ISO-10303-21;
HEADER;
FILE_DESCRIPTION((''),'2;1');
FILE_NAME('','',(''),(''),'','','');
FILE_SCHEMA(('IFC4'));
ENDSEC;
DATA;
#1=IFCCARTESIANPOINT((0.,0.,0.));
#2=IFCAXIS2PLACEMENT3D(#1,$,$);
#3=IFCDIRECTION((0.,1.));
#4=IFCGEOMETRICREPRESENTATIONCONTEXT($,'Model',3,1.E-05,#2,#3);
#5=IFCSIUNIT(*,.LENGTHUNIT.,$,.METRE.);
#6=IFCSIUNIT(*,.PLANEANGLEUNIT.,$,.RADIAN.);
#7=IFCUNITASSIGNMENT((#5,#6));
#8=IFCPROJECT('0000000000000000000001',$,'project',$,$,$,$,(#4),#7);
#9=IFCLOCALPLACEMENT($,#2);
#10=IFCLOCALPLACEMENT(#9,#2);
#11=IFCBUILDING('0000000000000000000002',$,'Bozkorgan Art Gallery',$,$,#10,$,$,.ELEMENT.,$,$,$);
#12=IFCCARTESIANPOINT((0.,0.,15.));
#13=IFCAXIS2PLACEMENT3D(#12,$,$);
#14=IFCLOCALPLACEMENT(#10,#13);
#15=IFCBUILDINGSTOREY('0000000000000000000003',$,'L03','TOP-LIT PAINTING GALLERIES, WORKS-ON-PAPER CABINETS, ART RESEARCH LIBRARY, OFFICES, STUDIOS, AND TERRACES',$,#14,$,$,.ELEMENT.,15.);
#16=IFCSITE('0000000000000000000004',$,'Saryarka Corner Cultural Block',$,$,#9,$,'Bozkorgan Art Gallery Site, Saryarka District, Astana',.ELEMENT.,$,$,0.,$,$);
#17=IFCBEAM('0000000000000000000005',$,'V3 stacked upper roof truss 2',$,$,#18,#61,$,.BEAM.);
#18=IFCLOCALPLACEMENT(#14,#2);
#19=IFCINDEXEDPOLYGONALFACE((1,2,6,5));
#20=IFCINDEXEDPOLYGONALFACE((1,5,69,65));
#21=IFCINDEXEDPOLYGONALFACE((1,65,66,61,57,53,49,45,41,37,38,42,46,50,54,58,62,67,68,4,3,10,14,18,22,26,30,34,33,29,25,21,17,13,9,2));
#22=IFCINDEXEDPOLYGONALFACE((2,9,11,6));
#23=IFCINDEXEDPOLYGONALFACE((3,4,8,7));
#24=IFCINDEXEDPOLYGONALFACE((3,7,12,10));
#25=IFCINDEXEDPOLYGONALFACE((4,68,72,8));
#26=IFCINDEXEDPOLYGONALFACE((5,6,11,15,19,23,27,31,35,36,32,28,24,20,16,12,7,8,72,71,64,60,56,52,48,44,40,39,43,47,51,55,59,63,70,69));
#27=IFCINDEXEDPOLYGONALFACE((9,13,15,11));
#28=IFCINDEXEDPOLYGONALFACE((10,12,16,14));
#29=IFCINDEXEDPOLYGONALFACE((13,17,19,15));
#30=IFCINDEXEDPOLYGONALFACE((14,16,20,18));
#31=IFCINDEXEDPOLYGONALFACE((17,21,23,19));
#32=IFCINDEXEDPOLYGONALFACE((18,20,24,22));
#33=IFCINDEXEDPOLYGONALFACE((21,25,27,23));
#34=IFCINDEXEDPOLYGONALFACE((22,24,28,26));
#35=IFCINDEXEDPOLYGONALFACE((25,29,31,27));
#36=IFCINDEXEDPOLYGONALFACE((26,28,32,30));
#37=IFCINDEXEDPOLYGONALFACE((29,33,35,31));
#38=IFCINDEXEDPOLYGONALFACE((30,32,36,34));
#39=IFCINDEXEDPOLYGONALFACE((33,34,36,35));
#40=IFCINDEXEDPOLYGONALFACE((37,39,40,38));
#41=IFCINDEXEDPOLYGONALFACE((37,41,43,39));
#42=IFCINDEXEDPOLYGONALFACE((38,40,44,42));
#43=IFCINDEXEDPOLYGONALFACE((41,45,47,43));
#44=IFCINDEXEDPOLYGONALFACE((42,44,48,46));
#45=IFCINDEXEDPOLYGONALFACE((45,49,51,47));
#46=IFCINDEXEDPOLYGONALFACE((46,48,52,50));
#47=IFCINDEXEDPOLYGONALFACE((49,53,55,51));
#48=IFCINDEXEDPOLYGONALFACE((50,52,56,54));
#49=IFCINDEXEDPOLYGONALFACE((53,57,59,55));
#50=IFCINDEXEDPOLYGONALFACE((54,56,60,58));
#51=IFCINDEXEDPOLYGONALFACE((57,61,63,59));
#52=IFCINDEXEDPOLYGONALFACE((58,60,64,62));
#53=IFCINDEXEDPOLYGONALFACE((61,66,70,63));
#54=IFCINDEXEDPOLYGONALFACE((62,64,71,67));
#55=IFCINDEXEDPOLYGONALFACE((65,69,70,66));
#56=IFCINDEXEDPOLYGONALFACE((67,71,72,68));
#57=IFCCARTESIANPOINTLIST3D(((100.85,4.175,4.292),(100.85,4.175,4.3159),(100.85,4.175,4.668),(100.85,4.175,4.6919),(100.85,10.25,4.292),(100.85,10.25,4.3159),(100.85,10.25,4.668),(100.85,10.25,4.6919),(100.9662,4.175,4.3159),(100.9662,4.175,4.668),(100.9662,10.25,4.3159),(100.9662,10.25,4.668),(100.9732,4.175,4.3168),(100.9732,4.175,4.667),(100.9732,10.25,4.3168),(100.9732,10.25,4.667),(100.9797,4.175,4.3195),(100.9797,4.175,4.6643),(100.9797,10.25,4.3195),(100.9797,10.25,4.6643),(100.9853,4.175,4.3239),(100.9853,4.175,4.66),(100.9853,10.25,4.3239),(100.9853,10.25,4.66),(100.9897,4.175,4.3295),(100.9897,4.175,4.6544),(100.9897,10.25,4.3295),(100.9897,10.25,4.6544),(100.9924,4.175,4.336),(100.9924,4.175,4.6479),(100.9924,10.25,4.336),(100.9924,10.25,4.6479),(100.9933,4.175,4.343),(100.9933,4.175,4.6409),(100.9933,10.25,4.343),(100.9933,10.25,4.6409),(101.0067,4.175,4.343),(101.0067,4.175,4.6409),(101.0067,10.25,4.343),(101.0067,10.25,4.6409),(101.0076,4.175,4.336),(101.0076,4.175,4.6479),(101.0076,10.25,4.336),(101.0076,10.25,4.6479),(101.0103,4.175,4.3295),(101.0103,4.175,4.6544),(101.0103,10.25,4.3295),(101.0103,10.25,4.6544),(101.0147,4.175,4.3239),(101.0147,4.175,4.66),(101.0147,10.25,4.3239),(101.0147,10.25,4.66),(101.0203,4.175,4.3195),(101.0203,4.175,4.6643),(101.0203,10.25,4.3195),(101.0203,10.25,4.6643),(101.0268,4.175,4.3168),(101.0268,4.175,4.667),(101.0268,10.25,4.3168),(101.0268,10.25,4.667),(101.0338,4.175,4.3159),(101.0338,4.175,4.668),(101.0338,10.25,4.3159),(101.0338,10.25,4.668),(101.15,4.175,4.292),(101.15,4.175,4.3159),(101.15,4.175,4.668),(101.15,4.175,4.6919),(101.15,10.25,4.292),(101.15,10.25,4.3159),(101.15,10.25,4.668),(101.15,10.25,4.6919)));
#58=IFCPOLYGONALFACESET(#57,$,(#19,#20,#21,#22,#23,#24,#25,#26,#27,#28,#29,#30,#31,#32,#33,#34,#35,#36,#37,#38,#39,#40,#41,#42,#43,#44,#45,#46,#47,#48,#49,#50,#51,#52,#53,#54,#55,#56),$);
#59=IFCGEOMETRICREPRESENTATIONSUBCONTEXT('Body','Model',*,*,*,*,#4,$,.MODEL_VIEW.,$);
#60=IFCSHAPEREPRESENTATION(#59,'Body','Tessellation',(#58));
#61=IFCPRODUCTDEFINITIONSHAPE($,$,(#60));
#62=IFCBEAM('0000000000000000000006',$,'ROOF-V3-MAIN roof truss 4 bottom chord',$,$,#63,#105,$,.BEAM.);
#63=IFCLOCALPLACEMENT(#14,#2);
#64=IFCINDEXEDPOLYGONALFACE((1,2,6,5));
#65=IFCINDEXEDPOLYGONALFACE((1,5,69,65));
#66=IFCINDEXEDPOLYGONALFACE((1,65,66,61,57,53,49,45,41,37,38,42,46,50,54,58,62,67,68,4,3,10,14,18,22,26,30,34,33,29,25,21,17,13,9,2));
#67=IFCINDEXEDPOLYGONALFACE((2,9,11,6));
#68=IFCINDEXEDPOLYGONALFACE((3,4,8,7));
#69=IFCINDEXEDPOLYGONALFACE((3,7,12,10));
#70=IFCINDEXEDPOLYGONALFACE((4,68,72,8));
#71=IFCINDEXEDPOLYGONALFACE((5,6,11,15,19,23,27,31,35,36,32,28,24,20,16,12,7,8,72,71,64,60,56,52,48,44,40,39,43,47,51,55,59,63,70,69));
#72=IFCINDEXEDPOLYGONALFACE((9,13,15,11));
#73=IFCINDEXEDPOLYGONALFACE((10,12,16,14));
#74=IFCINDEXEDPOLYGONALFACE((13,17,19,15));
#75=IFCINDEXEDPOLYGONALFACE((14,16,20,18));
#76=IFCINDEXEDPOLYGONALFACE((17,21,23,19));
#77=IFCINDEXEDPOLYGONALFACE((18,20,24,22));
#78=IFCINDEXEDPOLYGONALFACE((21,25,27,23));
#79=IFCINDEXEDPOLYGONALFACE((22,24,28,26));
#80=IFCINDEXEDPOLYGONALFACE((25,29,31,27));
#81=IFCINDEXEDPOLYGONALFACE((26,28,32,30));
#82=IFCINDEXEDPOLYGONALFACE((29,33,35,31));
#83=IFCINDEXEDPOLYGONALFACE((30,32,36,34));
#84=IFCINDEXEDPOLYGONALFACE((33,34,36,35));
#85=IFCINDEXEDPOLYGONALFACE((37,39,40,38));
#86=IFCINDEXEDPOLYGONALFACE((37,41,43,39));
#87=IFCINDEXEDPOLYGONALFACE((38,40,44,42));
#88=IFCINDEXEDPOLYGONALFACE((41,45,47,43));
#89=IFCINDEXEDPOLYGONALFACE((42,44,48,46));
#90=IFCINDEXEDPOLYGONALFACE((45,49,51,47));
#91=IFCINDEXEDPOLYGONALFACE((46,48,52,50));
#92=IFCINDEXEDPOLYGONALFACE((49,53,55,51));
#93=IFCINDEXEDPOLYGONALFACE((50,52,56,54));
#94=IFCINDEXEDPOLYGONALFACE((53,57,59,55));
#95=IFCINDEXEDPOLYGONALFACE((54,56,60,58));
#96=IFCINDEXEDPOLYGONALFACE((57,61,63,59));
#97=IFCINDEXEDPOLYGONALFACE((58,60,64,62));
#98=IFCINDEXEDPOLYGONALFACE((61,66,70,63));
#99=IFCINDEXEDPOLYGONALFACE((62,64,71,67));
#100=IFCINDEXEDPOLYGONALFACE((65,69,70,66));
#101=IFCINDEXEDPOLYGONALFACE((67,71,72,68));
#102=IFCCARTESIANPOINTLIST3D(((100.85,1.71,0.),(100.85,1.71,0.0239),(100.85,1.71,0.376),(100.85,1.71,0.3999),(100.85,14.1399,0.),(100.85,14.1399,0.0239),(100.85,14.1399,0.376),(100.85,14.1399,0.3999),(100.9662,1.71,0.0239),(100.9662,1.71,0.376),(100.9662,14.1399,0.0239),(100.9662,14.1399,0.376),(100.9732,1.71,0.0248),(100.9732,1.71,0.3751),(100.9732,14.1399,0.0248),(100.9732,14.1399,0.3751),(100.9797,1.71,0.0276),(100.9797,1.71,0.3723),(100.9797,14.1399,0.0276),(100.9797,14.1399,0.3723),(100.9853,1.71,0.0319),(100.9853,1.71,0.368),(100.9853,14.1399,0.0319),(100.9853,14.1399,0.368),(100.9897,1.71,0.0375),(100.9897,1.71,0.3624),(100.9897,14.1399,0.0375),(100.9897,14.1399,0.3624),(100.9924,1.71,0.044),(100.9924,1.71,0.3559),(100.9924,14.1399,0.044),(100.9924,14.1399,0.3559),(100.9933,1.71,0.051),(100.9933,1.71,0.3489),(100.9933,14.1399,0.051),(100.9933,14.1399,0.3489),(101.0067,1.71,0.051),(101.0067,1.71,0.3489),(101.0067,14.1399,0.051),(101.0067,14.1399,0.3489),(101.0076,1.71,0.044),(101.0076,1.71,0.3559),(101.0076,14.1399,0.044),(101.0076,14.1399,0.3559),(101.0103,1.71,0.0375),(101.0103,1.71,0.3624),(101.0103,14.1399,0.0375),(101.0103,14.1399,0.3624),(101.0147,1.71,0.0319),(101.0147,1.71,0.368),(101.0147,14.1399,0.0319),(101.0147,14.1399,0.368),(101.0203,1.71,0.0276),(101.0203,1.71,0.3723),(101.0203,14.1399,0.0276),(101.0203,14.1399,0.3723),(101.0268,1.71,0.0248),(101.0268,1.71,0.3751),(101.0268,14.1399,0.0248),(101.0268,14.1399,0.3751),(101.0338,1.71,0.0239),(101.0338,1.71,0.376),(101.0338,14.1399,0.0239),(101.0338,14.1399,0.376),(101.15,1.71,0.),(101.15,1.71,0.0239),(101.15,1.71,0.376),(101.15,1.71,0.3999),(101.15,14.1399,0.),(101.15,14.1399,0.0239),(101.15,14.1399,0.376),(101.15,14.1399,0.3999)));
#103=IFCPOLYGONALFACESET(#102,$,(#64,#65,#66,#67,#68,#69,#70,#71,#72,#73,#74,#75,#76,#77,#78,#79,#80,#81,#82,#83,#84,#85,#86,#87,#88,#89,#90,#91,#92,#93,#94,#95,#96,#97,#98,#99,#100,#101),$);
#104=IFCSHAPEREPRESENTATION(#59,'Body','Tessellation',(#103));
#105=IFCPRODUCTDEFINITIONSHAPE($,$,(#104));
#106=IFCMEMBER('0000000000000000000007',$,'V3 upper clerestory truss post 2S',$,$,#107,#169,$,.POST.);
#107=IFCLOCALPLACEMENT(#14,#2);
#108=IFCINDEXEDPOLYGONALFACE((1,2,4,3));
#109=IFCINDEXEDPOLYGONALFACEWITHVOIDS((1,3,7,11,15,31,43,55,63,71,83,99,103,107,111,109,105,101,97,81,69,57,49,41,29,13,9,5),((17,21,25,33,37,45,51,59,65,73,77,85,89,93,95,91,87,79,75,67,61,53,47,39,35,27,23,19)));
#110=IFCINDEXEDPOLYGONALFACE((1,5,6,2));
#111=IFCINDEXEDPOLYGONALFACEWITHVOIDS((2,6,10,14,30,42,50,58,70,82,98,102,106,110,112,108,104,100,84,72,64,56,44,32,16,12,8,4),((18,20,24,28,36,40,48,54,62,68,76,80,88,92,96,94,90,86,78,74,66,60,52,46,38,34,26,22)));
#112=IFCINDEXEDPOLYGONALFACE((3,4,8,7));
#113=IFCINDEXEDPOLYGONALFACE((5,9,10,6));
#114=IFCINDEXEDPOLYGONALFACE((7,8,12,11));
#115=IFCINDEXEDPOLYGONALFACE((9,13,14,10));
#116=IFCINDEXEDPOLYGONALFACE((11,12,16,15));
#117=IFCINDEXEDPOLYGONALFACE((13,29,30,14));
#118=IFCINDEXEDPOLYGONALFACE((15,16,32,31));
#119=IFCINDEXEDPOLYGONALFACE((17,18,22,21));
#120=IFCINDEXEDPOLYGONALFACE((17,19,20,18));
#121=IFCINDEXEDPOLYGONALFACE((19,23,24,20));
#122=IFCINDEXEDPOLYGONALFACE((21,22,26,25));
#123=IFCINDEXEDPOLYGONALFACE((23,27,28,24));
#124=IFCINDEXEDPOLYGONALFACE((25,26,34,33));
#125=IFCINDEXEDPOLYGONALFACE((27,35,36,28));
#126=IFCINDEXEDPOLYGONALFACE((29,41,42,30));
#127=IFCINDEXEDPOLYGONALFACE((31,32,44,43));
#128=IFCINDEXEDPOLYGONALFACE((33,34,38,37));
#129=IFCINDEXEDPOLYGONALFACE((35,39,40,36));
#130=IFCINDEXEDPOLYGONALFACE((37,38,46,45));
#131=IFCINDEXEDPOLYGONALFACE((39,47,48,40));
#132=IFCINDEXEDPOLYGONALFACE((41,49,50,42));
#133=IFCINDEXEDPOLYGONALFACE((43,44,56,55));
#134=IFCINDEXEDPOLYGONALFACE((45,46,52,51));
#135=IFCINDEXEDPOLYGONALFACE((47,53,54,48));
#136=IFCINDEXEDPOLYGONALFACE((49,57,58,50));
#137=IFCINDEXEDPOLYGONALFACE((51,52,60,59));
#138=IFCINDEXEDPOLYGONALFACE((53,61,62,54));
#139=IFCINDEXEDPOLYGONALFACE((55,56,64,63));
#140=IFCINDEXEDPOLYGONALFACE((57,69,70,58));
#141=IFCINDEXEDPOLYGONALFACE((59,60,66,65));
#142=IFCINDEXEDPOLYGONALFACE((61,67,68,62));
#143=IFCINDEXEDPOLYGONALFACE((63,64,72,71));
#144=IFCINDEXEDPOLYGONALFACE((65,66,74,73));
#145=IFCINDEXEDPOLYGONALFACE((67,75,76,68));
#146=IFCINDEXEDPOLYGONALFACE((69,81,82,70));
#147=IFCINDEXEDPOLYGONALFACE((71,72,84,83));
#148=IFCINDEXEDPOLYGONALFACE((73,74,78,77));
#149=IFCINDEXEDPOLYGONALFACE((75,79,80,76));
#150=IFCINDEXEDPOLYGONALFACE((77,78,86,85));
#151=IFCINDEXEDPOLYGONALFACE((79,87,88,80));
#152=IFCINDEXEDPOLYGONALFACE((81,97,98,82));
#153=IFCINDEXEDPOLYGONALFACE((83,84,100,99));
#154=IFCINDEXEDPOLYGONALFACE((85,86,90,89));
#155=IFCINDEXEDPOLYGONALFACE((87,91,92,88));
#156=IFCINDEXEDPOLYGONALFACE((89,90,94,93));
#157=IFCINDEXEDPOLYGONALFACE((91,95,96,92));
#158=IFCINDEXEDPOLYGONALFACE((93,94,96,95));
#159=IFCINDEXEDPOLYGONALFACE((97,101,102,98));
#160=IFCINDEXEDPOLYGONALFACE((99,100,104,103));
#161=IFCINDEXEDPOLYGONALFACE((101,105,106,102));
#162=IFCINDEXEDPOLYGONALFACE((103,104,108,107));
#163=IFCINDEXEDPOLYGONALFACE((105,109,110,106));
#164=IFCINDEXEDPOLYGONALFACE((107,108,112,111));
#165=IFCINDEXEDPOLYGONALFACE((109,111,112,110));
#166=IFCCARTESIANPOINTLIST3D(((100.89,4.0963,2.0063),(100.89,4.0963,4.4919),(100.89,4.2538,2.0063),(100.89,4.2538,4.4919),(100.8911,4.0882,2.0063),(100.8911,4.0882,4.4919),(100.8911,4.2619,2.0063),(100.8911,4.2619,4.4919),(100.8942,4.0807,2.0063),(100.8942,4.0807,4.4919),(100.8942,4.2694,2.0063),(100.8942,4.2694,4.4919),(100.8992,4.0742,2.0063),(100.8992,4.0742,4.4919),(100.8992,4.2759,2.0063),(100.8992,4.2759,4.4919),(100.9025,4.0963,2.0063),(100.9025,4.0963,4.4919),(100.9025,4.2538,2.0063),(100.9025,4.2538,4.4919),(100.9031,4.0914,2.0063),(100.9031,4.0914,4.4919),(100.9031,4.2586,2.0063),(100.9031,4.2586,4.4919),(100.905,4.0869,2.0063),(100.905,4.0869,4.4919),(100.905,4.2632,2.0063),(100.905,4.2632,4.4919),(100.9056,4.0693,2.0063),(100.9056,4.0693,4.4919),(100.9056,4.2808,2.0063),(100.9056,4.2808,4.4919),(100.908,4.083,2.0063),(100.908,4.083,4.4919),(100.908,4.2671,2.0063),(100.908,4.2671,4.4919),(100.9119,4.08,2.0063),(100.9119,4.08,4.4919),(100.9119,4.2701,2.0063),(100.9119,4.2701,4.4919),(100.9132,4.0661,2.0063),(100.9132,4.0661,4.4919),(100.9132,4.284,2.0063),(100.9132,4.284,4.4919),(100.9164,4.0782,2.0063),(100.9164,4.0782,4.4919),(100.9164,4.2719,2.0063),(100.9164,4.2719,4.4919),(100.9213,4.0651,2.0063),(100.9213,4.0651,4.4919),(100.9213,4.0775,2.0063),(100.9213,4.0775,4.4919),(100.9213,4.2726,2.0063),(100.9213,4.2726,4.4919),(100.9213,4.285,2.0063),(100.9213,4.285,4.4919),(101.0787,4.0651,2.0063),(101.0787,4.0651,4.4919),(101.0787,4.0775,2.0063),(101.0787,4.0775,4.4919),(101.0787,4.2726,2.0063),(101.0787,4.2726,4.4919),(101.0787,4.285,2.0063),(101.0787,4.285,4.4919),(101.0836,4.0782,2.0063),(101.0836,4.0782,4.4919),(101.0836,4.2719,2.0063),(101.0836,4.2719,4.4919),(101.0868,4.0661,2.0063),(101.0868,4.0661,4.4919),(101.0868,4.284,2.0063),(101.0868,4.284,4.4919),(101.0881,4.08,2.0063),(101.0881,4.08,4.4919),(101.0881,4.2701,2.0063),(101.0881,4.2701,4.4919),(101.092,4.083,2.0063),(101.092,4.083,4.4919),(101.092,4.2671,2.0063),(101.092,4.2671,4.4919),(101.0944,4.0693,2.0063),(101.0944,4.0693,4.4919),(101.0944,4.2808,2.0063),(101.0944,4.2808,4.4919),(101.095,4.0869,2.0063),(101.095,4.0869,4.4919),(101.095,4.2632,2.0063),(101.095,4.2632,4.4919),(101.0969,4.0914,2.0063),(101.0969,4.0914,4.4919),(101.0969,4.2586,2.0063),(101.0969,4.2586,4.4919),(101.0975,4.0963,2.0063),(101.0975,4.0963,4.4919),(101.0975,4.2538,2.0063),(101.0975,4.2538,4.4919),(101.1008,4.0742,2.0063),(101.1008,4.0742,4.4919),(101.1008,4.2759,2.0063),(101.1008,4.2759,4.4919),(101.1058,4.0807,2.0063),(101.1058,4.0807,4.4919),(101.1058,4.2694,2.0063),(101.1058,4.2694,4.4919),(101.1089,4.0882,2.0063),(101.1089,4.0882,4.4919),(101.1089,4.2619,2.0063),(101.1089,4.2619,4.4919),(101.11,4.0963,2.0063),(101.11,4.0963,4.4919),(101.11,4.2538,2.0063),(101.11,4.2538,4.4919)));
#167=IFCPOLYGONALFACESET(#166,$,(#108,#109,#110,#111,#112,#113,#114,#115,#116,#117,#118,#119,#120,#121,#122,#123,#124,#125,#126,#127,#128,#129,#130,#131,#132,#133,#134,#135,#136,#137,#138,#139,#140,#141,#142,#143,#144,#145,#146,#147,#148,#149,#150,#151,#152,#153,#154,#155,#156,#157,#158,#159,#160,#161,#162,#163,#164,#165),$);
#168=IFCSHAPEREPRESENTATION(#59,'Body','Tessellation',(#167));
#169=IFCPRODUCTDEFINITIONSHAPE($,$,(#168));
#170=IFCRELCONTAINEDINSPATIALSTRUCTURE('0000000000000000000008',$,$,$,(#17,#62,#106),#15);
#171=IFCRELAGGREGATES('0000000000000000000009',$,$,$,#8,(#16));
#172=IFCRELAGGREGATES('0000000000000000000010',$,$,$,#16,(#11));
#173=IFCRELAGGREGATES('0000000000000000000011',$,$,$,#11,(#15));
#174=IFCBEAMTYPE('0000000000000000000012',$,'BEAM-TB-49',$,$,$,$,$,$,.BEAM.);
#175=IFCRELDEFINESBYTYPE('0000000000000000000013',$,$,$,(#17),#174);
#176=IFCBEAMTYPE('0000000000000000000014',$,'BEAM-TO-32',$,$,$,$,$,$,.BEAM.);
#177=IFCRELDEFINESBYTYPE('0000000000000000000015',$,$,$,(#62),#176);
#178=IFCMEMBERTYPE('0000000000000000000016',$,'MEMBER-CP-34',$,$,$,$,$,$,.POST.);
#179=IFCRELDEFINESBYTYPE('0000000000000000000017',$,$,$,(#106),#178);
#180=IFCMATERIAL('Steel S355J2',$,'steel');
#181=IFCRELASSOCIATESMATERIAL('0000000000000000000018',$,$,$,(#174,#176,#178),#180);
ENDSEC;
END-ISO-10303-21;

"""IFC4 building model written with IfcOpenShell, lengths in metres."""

from ifc_helpers import new_model, si_unit, direction, frame, origin, origin_2d, place, context, subcontext, project, spatial, hollow_rectangle, i_section, extrude, material, material_profile, profile_set, type_object, element, save


model = new_model("IFC4")

# Units and contexts
model_context = context("Model", 3, precision=1e-05, world=origin(), true_north=direction((0.0, 1.0)))
body_context = subcontext(model_context, "Body", "Model", "MODEL_VIEW")
ifc_project = project(units=[si_unit("LENGTHUNIT", "METRE"), si_unit("PLANEANGLEUNIT", "RADIAN")], contexts=[model_context])

# Site, building, storey
site_placement = place(None, origin())
site = spatial("IfcSite", under=ifc_project, at=site_placement, Name="Saryarka Corner Cultural Block", LongName="Bozkorgan Art Gallery Site, Saryarka District, Astana", CompositionType="ELEMENT", RefElevation=0.0)
building_placement = place(site_placement, origin())
building = spatial("IfcBuilding", under=site, at=building_placement, Name="Bozkorgan Art Gallery", CompositionType="ELEMENT")
storey_placement = place(building_placement, frame((0.0, 0.0, 15.0)))
storey = spatial("IfcBuildingStorey", under=building, at=storey_placement, Name="L03", Description="TOP-LIT PAINTING GALLERIES, WORKS-ON-PAPER CABINETS, ART RESEARCH LIBRARY, OFFICES, STUDIOS, AND TERRACES", CompositionType="ELEMENT", Elevation=15.0)

# Beams
ifc_material_1 = material(Name="Steel S355J2", Category="steel")
ifc_material_profile_1 = material_profile(ifc_material_1, i_section(OverallWidth=0.3, OverallDepth=0.3999, WebThickness=0.0134, FlangeThickness=0.0239, FilletRadius=0.0271, at=origin_2d()), Name="HEB 400")
ifc_profile_set_1 = profile_set([ifc_material_profile_1], Name="Steel S355J2")
beam_type_1 = type_object("IfcBeamType", Name="BEAM-TB-49", PredefinedType="BEAM", material=ifc_profile_set_1)
beam_1_placement = place(storey_placement, frame((101.0, 4.175, 4.4919), z_axis=(0.0, 1.0, 0.0), x_axis=(-1.0, 0.0, 0.0)))
element("IfcBeam", 1, at=beam_1_placement, inside=storey, type_object=beam_type_1, Name="V3 stacked upper roof truss 2", PredefinedType="BEAM", context=body_context, shape_type="SweptSolid", body=[
    extrude(i_section(OverallWidth=0.3, OverallDepth=0.3999, WebThickness=0.0134, FlangeThickness=0.0239, FilletRadius=0.0271, at=origin_2d()), origin(), (0.0, 0.0, 1.0), 6.075),
])
ifc_material_profile_2 = material_profile(ifc_material_1, i_section(OverallWidth=0.3, OverallDepth=0.3999, WebThickness=0.0134, FlangeThickness=0.0239, FilletRadius=0.0271, at=origin_2d()), Name="HEB 400")
ifc_profile_set_2 = profile_set([ifc_material_profile_2], Name="Steel S355J2")
beam_type_2 = type_object("IfcBeamType", Name="BEAM-TO-32", PredefinedType="BEAM", material=ifc_profile_set_2)
beam_2_placement = place(storey_placement, frame((101.0, 1.71, 0.2), z_axis=(0.0, 1.0, 0.0), x_axis=(-1.0, 0.0, 0.0)))
element("IfcBeam", 2, at=beam_2_placement, inside=storey, type_object=beam_type_2, Name="ROOF-V3-MAIN roof truss 4 bottom chord", PredefinedType="BEAM", context=body_context, shape_type="SweptSolid", body=[
    extrude(i_section(OverallWidth=0.3, OverallDepth=0.3999, WebThickness=0.0134, FlangeThickness=0.0239, FilletRadius=0.0271, at=origin_2d()), origin(), (0.0, 0.0, 1.0), 12.4299),
])

# Member
ifc_material_profile_3 = material_profile(ifc_material_1, hollow_rectangle(XDim=0.22, YDim=0.22, WallThickness=0.0125, InnerFilletRadius=0.0188, OuterFilletRadius=0.0312, at=origin_2d()), Name="SHS 220x220x12.5")
ifc_profile_set_3 = profile_set([ifc_material_profile_3], Name="Steel S355J2")
member_type_1 = type_object("IfcMemberType", Name="MEMBER-CP-34", PredefinedType="POST", material=ifc_profile_set_3)
member_1_placement = place(storey_placement, frame((101.0, 4.175, 2.0063), z_axis=(0.0, 0.0, 1.0), x_axis=(1.0, 0.0, 0.0)))
element("IfcMember", 3, at=member_1_placement, inside=storey, type_object=member_type_1, Name="V3 upper clerestory truss post 2S", PredefinedType="POST", context=body_context, shape_type="SweptSolid", body=[
    extrude(hollow_rectangle(XDim=0.22, YDim=0.22, WallThickness=0.0125, InnerFilletRadius=0.0188, OuterFilletRadius=0.0312, at=origin_2d()), origin(), (0.0, 0.0, 1.0), 2.4856),
])

save(model, "model.ifc")
